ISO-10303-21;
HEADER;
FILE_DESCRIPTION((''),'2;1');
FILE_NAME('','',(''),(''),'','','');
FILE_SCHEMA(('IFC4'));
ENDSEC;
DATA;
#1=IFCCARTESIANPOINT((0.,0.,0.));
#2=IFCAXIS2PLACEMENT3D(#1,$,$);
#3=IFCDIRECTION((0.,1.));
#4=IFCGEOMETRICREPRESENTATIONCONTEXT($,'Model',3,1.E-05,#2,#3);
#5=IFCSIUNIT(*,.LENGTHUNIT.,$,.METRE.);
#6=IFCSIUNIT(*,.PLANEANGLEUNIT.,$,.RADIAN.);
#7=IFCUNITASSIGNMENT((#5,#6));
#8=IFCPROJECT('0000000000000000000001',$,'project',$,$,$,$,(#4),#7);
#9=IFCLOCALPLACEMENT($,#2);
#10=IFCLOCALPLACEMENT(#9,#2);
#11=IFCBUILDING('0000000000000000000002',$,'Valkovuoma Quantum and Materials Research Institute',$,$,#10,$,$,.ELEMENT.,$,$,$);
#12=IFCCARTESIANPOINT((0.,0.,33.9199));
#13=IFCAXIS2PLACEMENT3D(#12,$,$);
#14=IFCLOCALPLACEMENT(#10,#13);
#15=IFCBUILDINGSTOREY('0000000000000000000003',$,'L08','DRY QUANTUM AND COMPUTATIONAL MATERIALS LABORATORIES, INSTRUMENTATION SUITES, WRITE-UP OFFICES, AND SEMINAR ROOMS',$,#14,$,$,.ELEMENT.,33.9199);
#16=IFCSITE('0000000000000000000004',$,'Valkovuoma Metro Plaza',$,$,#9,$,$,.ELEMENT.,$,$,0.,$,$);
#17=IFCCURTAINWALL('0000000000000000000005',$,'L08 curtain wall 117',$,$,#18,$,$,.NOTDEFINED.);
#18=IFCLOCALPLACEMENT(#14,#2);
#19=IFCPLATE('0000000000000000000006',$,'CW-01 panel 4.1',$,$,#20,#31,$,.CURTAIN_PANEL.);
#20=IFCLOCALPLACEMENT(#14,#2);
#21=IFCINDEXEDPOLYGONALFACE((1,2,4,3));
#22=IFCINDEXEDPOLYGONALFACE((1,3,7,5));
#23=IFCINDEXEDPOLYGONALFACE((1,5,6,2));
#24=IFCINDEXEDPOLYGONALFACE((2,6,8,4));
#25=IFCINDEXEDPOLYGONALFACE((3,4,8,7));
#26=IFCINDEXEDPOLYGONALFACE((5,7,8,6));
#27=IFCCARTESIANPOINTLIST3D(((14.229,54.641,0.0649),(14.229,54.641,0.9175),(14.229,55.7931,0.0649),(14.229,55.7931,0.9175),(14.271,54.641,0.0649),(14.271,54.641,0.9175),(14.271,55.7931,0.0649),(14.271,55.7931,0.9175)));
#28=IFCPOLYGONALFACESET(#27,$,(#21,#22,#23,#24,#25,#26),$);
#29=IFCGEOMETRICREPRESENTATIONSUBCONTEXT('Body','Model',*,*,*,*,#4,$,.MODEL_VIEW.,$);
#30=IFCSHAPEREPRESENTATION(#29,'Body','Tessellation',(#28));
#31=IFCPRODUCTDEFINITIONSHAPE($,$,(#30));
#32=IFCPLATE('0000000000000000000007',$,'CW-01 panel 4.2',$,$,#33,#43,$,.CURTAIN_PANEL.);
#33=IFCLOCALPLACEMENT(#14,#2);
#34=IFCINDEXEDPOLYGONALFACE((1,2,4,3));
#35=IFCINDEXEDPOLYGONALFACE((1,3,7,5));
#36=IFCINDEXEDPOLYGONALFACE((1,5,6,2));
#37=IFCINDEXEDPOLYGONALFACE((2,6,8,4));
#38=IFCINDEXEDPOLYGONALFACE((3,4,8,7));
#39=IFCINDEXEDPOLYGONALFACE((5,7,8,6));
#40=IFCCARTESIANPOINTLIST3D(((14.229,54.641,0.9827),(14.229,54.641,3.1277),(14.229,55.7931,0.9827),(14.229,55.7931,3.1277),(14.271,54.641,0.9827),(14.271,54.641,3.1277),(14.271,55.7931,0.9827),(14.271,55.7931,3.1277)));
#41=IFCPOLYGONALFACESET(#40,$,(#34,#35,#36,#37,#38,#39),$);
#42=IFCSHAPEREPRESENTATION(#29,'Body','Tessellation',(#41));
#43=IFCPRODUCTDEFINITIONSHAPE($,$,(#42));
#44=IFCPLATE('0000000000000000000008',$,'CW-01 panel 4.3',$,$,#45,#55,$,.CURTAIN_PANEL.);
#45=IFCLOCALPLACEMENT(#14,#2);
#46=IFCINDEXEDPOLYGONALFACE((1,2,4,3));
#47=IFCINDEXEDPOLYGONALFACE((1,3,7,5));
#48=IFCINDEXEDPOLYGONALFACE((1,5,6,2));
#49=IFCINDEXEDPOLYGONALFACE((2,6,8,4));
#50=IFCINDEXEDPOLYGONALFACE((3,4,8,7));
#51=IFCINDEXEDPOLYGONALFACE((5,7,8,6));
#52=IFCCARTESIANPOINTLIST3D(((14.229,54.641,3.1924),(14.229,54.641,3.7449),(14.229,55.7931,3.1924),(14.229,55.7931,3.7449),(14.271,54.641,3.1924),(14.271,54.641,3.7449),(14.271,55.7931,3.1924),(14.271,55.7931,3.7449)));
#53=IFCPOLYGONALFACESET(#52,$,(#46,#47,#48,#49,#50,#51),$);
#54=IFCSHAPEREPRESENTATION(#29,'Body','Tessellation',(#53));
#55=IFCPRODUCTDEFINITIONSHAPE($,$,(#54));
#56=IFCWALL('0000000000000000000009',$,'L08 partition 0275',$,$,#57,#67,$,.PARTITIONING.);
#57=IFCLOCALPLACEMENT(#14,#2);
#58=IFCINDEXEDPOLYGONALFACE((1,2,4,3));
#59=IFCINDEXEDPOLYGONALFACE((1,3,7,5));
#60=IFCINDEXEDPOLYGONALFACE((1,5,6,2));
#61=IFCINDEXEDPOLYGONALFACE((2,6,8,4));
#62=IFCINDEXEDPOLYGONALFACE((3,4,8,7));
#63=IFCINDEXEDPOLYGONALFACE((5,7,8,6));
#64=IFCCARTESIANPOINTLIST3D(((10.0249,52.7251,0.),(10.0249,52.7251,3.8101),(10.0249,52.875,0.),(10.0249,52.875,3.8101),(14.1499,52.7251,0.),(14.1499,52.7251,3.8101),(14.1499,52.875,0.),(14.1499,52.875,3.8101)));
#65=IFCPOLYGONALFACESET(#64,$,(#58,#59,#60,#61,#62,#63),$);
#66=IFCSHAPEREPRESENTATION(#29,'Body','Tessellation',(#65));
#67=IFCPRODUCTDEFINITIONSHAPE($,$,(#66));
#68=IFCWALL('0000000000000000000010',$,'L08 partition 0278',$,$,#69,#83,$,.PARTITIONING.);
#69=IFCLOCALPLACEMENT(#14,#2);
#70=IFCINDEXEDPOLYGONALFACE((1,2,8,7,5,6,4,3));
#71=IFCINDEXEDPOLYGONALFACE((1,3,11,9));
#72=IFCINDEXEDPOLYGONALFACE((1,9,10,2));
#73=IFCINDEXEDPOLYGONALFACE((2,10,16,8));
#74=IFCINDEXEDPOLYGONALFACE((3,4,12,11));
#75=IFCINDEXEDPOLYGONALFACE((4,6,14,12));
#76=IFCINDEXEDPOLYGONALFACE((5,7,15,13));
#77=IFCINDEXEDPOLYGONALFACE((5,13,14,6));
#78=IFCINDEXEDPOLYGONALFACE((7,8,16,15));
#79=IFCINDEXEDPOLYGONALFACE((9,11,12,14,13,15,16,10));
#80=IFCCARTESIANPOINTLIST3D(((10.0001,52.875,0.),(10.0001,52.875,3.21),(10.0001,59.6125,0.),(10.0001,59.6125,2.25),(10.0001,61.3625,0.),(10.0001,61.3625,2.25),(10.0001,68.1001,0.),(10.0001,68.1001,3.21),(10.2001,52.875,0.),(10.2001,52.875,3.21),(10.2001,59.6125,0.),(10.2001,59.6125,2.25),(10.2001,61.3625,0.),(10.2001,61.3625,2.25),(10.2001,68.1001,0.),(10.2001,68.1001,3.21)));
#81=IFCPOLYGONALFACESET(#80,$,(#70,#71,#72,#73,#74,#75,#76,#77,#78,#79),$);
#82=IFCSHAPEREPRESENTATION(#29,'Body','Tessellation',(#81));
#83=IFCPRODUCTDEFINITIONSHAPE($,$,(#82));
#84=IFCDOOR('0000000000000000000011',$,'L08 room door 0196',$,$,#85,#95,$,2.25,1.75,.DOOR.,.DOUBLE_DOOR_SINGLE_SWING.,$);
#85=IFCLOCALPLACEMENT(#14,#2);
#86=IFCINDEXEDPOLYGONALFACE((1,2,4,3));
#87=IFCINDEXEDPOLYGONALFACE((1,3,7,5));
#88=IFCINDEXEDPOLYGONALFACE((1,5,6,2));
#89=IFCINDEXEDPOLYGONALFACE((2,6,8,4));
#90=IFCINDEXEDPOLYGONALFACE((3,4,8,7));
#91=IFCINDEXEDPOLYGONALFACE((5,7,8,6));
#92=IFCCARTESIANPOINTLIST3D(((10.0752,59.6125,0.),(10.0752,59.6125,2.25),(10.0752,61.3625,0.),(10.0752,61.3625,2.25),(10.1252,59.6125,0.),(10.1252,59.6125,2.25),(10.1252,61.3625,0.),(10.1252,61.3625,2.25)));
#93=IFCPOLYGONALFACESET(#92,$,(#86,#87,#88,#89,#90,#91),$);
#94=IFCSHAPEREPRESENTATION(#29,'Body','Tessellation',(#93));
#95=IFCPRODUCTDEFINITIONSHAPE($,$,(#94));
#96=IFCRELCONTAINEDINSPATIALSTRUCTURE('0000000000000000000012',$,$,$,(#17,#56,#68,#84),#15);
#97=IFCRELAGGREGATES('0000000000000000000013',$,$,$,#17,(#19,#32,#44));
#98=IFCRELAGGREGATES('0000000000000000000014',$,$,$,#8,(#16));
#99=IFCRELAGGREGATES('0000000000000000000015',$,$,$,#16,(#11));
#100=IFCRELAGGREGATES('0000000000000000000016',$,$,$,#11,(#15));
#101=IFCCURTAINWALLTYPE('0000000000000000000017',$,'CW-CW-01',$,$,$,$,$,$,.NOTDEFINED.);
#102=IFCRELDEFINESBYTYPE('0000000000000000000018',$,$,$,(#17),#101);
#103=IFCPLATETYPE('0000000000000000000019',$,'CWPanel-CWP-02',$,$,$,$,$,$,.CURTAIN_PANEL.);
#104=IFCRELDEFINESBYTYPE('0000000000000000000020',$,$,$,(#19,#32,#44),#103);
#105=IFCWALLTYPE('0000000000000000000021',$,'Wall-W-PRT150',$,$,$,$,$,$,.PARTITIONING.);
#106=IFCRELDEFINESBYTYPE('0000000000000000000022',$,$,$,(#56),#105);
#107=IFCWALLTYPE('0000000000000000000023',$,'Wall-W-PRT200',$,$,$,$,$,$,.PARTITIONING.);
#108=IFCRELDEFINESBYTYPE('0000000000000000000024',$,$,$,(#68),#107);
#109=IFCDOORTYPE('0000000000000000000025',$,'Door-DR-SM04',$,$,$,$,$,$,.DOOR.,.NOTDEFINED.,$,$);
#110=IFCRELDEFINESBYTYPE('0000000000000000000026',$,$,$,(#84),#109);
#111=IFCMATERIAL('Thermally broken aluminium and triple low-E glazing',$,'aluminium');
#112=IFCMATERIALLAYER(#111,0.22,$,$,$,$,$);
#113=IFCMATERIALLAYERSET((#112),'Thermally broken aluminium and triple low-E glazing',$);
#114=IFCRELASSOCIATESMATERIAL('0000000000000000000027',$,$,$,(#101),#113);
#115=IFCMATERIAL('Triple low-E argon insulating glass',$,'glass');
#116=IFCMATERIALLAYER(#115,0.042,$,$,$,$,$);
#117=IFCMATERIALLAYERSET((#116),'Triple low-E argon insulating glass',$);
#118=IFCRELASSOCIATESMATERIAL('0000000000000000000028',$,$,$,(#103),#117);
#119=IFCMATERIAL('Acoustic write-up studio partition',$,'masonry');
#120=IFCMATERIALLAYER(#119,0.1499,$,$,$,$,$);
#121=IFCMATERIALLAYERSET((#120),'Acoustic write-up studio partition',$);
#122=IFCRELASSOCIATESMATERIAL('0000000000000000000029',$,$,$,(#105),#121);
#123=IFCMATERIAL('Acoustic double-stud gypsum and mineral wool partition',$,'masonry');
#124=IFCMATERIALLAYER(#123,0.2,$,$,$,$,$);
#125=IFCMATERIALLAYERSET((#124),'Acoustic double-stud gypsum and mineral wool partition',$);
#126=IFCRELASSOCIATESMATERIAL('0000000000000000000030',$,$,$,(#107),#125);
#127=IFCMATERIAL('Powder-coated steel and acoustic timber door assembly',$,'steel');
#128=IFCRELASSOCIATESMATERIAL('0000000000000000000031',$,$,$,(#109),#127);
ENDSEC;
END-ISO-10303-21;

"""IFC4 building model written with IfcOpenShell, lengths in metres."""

from ifc_helpers import new_model, si_unit, direction, frame, frame_2d, origin, origin_2d, place, context, subcontext, project, spatial, rectangle, extrude, material, layer, layer_set, type_object, element, fill, aggregate, save


model = new_model("IFC4")

# Units and contexts
model_context = context("Model", 3, precision=1e-05, world=origin(), true_north=direction((0.0, 1.0)))
body_context = subcontext(model_context, "Body", "Model", "MODEL_VIEW")
ifc_project = project(units=[si_unit("LENGTHUNIT", "METRE"), si_unit("PLANEANGLEUNIT", "RADIAN")], contexts=[model_context])

# Site, building, storey
site_placement = place(None, origin())
site = spatial("IfcSite", under=ifc_project, at=site_placement, Name="Valkovuoma Metro Plaza", CompositionType="ELEMENT", RefElevation=0.0)
building_placement = place(site_placement, origin())
building = spatial("IfcBuilding", under=site, at=building_placement, Name="Valkovuoma Quantum and Materials Research Institute", CompositionType="ELEMENT")
storey_placement = place(building_placement, frame((0.0, 0.0, 33.9199)))
storey = spatial("IfcBuildingStorey", under=building, at=storey_placement, Name="L08", Description="DRY QUANTUM AND COMPUTATIONAL MATERIALS LABORATORIES, INSTRUMENTATION SUITES, WRITE-UP OFFICES, AND SEMINAR ROOMS", CompositionType="ELEMENT", Elevation=33.9199)

# Curtain wall, plates
ifc_material_1 = material(Name="Thermally broken aluminium and triple low-E glazing", Category="aluminium")
ifc_layer_1 = layer(ifc_material_1, 0.22)
ifc_layer_set_1 = layer_set([ifc_layer_1], Name="Thermally broken aluminium and triple low-E glazing")
curtain_wall_type = type_object("IfcCurtainWallType", Name="CW-CW-01", PredefinedType="NOTDEFINED", material=ifc_layer_set_1)
curtain_wall_placement = place(storey_placement, origin())
curtain_wall = element("IfcCurtainWall", 1, at=curtain_wall_placement, inside=storey, type_object=curtain_wall_type, Name="L08 curtain wall 117", PredefinedType="NOTDEFINED")
ifc_material_2 = material(Name="Triple low-E argon insulating glass", Category="glass")
ifc_layer_2 = layer(ifc_material_2, 0.042)
ifc_layer_set_2 = layer_set([ifc_layer_2], Name="Triple low-E argon insulating glass")
plate_type = type_object("IfcPlateType", Name="CWPanel-CWP-02", PredefinedType="CURTAIN_PANEL", material=ifc_layer_set_2)
plate_1_placement = place(storey_placement, frame((14.25, 55.217, 0.0649), z_axis=(0.0, 0.0, 1.0), x_axis=(0.0, 1.0, 0.0)))
plate_1 = element("IfcPlate", 2, at=plate_1_placement, type_object=plate_type, Name="CW-01 panel 4.1", PredefinedType="CURTAIN_PANEL", context=body_context, shape_type="SweptSolid", body=[
    extrude(rectangle(XDim=1.1521, YDim=0.042, at=origin_2d()), origin(), (0.0, 0.0, 1.0), 0.8525),
])
plate_2_placement = place(storey_placement, frame((14.25, 55.217, 0.9827), z_axis=(0.0, 0.0, 1.0), x_axis=(0.0, 1.0, 0.0)))
plate_2 = element("IfcPlate", 3, at=plate_2_placement, type_object=plate_type, Name="CW-01 panel 4.2", PredefinedType="CURTAIN_PANEL", context=body_context, shape_type="SweptSolid", body=[
    extrude(rectangle(XDim=1.1521, YDim=0.042, at=origin_2d()), origin(), (0.0, 0.0, 1.0), 2.145),
])
plate_3_placement = place(storey_placement, frame((14.25, 55.217, 3.1924), z_axis=(0.0, 0.0, 1.0), x_axis=(0.0, 1.0, 0.0)))
plate_3 = element("IfcPlate", 4, at=plate_3_placement, type_object=plate_type, Name="CW-01 panel 4.3", PredefinedType="CURTAIN_PANEL", context=body_context, shape_type="SweptSolid", body=[
    extrude(rectangle(XDim=1.1521, YDim=0.042, at=origin_2d()), origin(), (0.0, 0.0, 1.0), 0.5525),
])
aggregate(curtain_wall, [plate_1, plate_2, plate_3])

# Wall
ifc_material_3 = material(Name="Acoustic write-up studio partition", Category="masonry")
ifc_layer_3 = layer(ifc_material_3, 0.1499)
ifc_layer_set_3 = layer_set([ifc_layer_3], Name="Acoustic write-up studio partition")
wall_type_1 = type_object("IfcWallType", Name="Wall-W-PRT150", PredefinedType="PARTITIONING", material=ifc_layer_set_3)
wall_1_placement = place(storey_placement, frame((10.0249, 52.8, 0.0), z_axis=(0.0, 0.0, 1.0), x_axis=(1.0, 0.0, 0.0)))
element("IfcWall", 5, at=wall_1_placement, inside=storey, type_object=wall_type_1, Name="L08 partition 0275", PredefinedType="PARTITIONING", context=body_context, shape_type="SweptSolid", body=[
    extrude(rectangle(XDim=4.125, YDim=0.1499, at=frame_2d((2.0625, 0.0))), origin(), (0.0, 0.0, 1.0), 3.8101),
])

# Wall, opening, door
ifc_material_4 = material(Name="Acoustic double-stud gypsum and mineral wool partition", Category="masonry")
ifc_layer_4 = layer(ifc_material_4, 0.2)
ifc_layer_set_4 = layer_set([ifc_layer_4], Name="Acoustic double-stud gypsum and mineral wool partition")
wall_type_2 = type_object("IfcWallType", Name="Wall-W-PRT200", PredefinedType="PARTITIONING", material=ifc_layer_set_4)
wall_2_placement = place(storey_placement, frame((10.1001, 52.875, 0.0), z_axis=(0.0, 0.0, 1.0), x_axis=(0.0, 1.0, 0.0)))
wall_2 = element("IfcWall", 6, at=wall_2_placement, inside=storey, type_object=wall_type_2, Name="L08 partition 0278", PredefinedType="PARTITIONING", context=body_context, shape_type="SweptSolid", body=[
    extrude(rectangle(XDim=15.2251, YDim=0.2, at=frame_2d((7.6125, 0.0))), origin(), (0.0, 0.0, 1.0), 3.21),
])
opening_placement = place(wall_2_placement, frame((6.7375, 0.0, 0.0)))
opening = element("IfcOpeningElement", 7, at=opening_placement, cuts=wall_2, PredefinedType="OPENING", context=body_context, shape_type="SweptSolid", body=[
    extrude(rectangle(XDim=1.75, YDim=2.25, at=frame_2d((0.875, 1.125))), frame((0.0, 0.1099, 0.0), z_axis=(0.0, -1.0, 0.0), x_axis=(1.0, 0.0, 0.0)), (0.0, 0.0, 1.0), 0.22),
])
ifc_material_5 = material(Name="Powder-coated steel and acoustic timber door assembly", Category="steel")
door_type = type_object("IfcDoorType", Name="Door-DR-SM04", OperationType="NOTDEFINED", PredefinedType="DOOR", material=ifc_material_5)
door_placement = place(opening_placement, origin())
door = element("IfcDoor", 8, at=door_placement, inside=storey, type_object=door_type, Name="L08 room door 0196", OperationType="DOUBLE_DOOR_SINGLE_SWING", OverallHeight=2.25, OverallWidth=1.75, PredefinedType="DOOR", context=body_context, shape_type="SweptSolid", body=[
    extrude(rectangle(XDim=1.75, YDim=2.25, at=frame_2d((0.875, 1.125))), frame((0.0, 0.0249, 0.0), z_axis=(0.0, -1.0, 0.0), x_axis=(1.0, 0.0, 0.0)), (0.0, 0.0, 1.0), 0.05),
])
fill(opening, door)

save(model, "model.ifc")
